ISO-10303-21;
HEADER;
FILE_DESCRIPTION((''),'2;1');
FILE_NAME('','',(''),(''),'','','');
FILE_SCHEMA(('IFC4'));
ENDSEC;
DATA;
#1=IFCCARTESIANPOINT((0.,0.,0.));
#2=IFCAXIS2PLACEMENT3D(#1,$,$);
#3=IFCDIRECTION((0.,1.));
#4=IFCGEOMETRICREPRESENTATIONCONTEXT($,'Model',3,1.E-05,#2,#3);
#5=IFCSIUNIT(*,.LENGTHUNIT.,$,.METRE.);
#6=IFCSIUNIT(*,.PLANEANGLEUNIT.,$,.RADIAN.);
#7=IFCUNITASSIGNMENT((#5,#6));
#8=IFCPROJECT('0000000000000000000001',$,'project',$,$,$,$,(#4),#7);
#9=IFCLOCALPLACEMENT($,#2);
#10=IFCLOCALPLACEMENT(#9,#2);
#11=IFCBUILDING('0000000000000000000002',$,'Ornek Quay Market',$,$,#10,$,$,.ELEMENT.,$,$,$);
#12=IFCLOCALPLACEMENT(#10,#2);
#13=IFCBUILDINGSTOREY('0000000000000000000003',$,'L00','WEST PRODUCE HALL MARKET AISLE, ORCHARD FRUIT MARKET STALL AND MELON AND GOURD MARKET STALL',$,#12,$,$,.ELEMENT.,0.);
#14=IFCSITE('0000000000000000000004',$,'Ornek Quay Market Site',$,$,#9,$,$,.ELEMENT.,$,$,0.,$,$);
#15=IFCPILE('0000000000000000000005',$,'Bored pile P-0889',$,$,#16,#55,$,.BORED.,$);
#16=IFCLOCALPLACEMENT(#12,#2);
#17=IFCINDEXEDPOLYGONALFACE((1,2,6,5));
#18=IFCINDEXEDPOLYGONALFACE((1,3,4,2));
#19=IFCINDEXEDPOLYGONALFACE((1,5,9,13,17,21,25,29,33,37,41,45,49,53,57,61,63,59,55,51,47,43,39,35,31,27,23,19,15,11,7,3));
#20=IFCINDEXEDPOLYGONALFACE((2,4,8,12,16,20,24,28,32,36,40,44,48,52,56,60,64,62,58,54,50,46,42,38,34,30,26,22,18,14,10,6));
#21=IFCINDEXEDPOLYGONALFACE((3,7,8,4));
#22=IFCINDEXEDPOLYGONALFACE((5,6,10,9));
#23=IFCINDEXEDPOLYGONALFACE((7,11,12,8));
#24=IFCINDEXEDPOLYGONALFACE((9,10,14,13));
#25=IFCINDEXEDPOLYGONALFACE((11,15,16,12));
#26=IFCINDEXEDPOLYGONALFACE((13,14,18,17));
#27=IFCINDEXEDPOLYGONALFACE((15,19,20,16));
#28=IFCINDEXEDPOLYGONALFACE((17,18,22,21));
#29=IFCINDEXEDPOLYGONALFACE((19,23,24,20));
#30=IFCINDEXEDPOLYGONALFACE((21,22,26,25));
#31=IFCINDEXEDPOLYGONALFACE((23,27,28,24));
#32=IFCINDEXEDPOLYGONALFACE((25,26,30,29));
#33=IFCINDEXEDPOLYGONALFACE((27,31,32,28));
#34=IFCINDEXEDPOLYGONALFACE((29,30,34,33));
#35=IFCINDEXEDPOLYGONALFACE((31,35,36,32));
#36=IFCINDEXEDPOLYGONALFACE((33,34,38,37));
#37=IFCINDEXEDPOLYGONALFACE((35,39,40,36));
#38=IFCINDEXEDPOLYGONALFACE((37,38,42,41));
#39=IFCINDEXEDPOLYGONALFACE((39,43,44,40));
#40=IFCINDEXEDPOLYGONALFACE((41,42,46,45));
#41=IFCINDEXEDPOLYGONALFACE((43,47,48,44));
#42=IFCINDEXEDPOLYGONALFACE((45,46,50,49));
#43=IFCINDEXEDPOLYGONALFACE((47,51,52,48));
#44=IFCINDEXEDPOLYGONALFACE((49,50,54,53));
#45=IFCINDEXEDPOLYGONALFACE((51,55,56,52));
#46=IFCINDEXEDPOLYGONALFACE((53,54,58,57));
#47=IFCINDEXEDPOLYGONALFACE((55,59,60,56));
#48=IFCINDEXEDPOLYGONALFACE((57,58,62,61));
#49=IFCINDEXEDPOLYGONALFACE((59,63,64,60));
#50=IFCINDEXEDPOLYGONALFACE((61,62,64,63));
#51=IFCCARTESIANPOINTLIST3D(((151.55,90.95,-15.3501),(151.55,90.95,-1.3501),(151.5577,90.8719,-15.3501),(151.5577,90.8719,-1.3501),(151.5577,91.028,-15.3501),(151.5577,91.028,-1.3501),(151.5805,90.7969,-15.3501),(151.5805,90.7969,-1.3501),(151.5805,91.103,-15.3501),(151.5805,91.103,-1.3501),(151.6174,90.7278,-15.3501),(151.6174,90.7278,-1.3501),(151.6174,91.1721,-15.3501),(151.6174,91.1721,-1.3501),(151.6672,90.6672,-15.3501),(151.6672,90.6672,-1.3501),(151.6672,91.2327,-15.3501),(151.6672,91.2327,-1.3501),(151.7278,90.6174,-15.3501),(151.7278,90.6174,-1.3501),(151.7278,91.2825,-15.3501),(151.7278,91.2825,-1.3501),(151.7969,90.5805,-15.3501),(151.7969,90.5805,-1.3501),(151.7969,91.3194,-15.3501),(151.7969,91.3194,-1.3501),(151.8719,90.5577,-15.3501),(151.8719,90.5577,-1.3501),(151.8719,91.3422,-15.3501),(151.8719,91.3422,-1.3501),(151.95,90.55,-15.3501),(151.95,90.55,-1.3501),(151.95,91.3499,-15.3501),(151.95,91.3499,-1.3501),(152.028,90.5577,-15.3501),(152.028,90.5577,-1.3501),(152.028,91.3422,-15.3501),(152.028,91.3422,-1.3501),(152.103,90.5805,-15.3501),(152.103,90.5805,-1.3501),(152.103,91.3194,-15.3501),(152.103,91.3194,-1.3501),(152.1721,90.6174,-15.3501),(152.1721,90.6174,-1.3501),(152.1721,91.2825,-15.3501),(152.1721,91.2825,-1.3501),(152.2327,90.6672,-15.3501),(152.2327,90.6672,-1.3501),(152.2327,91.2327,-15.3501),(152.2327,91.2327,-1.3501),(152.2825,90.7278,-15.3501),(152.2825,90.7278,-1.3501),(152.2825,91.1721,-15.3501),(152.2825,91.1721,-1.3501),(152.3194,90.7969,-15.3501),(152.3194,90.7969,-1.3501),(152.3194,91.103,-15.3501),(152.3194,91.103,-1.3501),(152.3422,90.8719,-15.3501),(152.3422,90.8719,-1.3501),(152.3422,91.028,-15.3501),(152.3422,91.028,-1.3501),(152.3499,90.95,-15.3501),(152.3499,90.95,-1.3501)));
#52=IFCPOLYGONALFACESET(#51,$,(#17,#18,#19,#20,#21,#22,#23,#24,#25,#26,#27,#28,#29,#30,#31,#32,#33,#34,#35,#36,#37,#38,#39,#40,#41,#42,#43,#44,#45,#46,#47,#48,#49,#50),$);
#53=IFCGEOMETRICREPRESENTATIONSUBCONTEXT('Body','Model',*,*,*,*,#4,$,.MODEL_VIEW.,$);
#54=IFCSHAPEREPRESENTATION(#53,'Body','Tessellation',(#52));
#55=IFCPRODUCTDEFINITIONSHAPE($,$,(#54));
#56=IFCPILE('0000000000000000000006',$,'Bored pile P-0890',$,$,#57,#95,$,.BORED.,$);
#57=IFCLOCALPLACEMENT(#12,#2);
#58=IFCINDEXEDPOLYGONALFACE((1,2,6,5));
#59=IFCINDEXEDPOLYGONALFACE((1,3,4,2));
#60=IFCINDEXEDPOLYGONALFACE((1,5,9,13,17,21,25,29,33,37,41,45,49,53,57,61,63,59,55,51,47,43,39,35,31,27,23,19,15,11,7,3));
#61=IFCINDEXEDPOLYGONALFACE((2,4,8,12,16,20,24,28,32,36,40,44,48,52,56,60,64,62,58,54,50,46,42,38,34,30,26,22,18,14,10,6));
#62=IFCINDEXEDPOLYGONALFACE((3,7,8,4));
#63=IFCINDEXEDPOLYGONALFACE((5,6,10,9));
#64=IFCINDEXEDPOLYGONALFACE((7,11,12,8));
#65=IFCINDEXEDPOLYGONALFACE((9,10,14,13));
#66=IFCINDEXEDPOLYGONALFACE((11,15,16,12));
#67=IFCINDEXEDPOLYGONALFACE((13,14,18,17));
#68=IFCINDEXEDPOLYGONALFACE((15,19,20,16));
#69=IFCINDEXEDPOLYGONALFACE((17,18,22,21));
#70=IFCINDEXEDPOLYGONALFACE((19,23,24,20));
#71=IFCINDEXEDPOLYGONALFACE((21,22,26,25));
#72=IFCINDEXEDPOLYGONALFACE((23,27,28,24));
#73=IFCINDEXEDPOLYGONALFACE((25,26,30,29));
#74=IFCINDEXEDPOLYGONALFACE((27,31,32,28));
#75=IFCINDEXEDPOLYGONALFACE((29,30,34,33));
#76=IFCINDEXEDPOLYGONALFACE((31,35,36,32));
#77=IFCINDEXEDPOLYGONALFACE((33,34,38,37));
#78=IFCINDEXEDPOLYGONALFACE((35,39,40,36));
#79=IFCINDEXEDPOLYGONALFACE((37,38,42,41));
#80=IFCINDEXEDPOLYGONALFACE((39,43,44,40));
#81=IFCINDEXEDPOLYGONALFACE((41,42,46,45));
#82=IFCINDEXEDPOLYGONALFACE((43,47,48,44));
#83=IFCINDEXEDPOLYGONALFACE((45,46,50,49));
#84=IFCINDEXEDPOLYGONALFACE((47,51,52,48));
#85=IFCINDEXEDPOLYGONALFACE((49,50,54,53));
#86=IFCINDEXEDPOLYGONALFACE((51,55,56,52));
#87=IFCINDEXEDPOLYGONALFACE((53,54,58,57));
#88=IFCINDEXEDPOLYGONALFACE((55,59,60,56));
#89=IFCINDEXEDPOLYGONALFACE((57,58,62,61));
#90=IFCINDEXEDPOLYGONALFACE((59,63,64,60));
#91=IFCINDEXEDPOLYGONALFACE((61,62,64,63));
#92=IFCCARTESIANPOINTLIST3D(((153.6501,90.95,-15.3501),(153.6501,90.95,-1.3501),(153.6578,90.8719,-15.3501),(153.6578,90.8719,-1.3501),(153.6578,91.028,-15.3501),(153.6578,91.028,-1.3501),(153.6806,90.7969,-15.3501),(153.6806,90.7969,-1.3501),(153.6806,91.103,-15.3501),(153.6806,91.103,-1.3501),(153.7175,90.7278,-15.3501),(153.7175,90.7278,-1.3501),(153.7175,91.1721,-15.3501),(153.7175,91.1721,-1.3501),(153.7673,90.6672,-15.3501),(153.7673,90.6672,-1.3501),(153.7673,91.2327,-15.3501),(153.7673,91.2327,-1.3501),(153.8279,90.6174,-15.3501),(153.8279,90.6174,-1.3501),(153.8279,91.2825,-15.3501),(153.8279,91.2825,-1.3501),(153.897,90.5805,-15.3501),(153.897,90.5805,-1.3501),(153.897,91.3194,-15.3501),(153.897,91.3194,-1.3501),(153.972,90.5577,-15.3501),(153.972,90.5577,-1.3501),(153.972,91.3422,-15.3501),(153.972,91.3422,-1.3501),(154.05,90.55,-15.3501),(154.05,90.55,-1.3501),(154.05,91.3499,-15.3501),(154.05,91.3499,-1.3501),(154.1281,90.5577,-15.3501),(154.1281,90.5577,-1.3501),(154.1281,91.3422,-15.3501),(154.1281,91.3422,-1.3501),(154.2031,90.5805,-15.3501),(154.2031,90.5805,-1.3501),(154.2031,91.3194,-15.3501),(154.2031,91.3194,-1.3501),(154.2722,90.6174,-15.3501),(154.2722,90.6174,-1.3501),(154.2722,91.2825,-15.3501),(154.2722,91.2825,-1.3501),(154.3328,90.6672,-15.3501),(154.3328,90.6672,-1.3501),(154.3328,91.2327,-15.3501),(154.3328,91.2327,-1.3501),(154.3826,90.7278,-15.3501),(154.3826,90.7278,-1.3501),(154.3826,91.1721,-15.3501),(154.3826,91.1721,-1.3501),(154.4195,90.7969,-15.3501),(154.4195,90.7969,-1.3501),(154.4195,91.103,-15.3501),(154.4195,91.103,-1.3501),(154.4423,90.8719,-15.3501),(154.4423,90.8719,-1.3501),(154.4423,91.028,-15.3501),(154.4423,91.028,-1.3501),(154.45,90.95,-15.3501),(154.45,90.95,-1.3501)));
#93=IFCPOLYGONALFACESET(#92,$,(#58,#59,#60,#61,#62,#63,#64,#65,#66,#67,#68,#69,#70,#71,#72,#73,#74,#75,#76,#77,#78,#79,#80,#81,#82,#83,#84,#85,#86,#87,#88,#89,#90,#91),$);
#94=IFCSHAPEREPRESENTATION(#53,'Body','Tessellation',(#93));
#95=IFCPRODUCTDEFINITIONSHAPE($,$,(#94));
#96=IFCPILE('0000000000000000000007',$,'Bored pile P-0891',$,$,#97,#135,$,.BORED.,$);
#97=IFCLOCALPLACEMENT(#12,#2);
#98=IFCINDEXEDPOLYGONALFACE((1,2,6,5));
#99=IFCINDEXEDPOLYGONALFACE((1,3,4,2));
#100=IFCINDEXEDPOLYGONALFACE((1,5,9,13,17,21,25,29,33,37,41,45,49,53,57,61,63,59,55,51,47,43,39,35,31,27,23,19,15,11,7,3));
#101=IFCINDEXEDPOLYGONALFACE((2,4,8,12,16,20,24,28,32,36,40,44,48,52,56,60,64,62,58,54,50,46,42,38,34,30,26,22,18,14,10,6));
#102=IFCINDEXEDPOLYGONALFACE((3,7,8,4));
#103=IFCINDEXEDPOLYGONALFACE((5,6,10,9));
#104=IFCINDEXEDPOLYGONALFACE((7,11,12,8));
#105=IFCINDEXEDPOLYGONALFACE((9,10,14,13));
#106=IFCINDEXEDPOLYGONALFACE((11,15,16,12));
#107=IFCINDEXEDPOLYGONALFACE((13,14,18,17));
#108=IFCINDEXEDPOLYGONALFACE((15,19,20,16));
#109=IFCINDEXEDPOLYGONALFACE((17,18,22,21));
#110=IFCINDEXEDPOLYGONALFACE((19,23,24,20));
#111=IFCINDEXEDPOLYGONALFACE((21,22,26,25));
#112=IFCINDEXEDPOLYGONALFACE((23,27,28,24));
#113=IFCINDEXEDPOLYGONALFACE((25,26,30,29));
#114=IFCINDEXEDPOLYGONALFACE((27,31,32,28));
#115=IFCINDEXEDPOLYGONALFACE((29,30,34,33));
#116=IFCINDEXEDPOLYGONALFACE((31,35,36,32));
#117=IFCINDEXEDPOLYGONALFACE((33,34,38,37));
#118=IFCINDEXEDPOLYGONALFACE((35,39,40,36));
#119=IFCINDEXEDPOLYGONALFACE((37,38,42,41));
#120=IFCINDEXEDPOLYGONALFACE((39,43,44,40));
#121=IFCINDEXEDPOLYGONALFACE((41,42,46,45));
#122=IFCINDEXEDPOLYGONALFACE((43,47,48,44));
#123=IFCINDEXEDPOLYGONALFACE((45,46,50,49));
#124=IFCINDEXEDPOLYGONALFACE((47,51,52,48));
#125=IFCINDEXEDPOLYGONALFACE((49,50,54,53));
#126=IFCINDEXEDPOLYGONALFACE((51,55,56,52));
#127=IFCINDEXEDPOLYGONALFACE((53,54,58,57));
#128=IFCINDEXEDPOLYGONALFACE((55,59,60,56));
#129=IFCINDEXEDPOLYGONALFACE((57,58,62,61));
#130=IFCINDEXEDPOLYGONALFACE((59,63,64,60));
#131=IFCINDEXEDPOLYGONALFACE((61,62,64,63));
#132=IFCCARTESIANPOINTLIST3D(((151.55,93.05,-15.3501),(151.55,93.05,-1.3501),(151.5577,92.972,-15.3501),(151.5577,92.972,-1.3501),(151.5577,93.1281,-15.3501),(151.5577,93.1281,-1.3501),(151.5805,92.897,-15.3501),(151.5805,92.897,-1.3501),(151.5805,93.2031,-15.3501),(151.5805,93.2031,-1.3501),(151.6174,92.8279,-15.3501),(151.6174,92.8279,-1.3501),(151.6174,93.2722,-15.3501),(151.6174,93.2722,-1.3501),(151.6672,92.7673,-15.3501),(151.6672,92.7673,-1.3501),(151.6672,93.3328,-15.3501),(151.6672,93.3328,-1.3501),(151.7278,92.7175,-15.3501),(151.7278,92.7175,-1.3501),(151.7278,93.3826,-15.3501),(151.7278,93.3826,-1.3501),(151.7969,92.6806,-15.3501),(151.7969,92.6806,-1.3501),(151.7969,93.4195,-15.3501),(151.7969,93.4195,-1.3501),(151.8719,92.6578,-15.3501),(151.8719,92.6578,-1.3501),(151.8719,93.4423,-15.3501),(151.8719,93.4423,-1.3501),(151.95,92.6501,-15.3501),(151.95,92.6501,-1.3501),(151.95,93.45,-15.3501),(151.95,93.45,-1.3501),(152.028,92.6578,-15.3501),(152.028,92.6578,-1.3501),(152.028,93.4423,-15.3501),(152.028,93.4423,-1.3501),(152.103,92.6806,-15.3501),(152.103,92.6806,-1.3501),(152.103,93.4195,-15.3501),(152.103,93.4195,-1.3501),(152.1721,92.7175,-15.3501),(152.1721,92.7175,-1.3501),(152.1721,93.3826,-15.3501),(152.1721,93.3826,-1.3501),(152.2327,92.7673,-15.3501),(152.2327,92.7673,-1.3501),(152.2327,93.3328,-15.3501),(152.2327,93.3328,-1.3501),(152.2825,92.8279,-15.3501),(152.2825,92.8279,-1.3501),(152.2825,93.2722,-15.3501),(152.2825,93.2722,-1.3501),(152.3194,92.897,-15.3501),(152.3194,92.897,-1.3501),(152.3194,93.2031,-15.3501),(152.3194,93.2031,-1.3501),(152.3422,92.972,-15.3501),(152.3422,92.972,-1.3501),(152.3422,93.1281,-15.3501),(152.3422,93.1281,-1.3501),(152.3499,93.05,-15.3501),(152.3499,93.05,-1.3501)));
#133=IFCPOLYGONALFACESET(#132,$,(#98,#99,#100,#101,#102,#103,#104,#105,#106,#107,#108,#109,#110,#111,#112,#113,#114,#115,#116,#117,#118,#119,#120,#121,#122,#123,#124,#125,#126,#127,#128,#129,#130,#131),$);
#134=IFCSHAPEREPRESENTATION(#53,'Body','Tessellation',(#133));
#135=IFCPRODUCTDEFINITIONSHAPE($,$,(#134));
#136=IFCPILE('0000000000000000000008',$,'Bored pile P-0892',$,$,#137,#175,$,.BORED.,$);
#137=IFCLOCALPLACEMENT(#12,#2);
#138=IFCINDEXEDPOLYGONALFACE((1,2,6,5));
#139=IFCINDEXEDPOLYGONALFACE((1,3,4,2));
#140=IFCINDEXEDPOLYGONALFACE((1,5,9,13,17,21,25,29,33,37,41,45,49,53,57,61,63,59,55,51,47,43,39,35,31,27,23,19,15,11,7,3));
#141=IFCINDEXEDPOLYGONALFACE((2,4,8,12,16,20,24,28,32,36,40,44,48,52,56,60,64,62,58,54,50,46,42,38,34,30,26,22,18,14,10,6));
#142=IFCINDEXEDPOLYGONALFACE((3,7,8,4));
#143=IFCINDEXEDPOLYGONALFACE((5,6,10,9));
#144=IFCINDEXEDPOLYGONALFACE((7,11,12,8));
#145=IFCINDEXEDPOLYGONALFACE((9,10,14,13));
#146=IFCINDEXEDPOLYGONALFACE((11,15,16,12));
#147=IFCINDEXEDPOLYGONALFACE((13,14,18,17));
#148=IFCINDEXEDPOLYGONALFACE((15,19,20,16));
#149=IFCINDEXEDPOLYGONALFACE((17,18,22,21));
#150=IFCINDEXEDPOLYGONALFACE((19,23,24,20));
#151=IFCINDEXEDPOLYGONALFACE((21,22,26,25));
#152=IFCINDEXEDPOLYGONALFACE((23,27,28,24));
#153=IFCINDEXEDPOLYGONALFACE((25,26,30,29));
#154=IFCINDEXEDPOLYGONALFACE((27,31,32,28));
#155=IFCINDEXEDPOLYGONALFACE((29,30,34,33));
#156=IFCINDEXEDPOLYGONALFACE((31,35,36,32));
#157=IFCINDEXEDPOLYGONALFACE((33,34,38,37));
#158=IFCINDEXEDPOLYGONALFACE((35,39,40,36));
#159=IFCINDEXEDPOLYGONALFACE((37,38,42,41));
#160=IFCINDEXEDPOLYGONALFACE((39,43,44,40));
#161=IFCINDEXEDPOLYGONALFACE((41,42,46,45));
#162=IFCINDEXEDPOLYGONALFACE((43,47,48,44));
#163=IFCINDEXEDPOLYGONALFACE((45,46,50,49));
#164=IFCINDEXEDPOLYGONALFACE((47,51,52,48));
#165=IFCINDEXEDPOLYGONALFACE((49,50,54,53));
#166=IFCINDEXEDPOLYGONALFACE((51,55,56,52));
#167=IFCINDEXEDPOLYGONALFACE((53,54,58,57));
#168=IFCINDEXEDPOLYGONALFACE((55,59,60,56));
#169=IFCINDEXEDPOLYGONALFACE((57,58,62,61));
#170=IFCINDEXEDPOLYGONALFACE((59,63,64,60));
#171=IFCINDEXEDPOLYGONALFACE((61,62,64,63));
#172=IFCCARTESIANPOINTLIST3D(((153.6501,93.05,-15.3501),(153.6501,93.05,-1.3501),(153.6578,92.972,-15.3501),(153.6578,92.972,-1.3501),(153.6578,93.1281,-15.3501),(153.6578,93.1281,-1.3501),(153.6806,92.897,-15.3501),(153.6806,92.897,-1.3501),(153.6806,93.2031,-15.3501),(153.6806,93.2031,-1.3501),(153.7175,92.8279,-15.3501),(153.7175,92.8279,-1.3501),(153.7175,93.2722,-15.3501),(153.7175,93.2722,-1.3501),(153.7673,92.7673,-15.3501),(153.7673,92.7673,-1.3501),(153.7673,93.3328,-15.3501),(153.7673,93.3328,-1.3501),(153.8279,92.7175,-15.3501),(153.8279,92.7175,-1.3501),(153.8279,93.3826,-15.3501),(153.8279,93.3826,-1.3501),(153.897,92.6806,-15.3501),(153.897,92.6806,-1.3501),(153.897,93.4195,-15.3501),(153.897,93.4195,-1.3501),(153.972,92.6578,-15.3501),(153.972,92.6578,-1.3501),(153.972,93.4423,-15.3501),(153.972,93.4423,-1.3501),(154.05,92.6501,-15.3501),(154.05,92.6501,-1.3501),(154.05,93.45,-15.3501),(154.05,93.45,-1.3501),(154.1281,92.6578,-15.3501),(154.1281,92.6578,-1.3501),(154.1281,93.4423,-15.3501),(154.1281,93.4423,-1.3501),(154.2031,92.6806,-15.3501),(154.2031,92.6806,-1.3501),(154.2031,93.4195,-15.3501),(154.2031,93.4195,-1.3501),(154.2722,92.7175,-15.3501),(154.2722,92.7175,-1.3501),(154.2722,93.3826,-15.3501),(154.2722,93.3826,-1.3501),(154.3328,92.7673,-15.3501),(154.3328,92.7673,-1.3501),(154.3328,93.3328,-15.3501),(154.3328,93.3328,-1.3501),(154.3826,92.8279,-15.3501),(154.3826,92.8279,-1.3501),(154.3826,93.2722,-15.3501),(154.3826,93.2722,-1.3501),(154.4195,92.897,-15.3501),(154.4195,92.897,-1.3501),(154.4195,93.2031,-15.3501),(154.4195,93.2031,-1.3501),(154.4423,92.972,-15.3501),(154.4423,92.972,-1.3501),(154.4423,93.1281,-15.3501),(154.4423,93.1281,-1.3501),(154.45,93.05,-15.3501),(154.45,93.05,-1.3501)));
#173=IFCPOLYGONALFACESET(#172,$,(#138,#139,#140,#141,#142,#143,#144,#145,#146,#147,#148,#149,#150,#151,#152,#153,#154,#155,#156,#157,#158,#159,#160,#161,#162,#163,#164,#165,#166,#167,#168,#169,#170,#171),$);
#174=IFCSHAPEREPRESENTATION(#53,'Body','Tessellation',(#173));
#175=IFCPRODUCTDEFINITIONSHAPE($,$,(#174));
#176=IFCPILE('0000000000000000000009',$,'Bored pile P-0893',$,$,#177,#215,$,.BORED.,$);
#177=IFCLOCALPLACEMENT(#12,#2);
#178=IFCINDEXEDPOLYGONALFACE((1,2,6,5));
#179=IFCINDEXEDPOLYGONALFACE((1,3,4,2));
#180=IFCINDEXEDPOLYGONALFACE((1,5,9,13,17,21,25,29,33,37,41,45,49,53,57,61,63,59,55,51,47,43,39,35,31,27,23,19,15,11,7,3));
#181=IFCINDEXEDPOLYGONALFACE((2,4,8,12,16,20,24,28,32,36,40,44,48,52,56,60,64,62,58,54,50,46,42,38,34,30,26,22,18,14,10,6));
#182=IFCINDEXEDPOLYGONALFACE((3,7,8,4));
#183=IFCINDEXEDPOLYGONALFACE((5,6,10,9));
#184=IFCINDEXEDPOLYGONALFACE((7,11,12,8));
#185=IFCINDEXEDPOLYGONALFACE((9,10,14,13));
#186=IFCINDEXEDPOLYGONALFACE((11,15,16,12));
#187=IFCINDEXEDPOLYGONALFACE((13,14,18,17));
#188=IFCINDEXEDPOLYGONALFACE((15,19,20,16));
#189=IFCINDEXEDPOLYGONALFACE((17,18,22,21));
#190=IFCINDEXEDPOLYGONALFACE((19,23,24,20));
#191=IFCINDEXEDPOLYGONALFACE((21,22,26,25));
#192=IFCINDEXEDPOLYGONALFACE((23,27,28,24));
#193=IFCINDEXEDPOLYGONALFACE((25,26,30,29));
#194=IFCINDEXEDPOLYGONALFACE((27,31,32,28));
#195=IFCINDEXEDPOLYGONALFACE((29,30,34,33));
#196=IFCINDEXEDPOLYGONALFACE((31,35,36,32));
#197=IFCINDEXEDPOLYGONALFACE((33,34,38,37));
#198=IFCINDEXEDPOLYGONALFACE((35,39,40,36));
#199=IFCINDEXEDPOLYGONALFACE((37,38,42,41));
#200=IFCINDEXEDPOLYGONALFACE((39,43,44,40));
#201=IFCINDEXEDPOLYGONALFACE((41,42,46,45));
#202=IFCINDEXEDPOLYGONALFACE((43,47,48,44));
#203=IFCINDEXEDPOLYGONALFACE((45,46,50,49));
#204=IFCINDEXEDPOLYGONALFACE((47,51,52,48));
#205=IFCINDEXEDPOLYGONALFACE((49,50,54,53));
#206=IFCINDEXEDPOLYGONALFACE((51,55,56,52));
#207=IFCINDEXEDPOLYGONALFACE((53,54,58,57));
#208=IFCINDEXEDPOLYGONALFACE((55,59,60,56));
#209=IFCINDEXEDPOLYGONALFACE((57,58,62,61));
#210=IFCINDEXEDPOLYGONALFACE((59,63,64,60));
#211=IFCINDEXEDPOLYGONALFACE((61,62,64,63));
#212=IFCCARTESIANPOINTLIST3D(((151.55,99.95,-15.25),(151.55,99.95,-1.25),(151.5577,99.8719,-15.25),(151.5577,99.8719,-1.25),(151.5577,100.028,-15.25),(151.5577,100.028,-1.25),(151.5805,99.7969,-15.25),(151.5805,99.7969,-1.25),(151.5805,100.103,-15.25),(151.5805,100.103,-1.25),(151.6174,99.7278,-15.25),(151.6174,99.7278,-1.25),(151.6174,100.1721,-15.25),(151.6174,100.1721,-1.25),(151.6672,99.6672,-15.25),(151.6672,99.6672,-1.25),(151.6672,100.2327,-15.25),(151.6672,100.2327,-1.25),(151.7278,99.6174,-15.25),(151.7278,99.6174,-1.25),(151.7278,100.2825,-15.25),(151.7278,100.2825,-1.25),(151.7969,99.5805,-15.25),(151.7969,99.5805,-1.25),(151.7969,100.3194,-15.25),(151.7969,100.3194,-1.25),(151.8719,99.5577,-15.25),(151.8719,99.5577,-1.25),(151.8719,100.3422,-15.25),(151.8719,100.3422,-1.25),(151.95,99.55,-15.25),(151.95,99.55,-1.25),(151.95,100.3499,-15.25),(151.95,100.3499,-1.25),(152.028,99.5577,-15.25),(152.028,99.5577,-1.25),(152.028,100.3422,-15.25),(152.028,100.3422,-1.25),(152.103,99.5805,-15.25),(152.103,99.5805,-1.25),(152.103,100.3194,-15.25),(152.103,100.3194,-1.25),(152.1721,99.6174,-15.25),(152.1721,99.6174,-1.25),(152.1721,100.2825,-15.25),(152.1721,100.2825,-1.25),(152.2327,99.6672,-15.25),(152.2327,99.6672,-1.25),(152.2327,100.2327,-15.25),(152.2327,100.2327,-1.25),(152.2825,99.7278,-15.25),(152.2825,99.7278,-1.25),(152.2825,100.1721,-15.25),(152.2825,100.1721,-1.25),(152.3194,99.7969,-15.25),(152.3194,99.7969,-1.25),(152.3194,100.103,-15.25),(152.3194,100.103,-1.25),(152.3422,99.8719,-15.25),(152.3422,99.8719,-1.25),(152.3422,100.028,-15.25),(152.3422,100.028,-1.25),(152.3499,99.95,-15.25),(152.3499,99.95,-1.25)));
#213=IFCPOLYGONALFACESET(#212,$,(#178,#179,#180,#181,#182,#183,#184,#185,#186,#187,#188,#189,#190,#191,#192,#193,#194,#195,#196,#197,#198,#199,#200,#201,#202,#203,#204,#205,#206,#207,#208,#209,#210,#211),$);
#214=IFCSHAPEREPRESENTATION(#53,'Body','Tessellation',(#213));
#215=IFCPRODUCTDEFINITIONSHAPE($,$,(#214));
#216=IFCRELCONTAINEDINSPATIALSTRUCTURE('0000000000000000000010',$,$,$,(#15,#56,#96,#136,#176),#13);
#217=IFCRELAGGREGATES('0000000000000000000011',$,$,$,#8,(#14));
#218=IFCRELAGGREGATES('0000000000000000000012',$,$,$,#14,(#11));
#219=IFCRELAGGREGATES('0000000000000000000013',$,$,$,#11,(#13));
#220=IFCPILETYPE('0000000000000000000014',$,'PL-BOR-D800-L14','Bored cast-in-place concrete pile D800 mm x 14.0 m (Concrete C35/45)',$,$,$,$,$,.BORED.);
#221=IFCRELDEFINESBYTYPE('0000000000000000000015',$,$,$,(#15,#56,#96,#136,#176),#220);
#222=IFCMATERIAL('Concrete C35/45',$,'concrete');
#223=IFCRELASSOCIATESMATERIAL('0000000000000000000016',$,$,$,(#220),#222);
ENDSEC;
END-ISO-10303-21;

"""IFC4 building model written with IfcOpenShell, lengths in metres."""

from ifc_helpers import new_model, si_unit, direction, frame, origin, origin_2d, place, context, subcontext, project, spatial, circle, extrude, material, material_profile, profile_set, type_object, element, save


model = new_model("IFC4")

# Units and contexts
model_context = context("Model", 3, precision=1e-05, world=origin(), true_north=direction((0.0, 1.0)))
body_context = subcontext(model_context, "Body", "Model", "MODEL_VIEW")
ifc_project = project(units=[si_unit("LENGTHUNIT", "METRE"), si_unit("PLANEANGLEUNIT", "RADIAN")], contexts=[model_context])

# Site, building, storey
site_placement = place(None, origin())
site = spatial("IfcSite", under=ifc_project, at=site_placement, Name="Ornek Quay Market Site", CompositionType="ELEMENT", RefElevation=0.0)
building_placement = place(site_placement, origin())
building = spatial("IfcBuilding", under=site, at=building_placement, Name="Ornek Quay Market", CompositionType="ELEMENT")
storey_placement = place(building_placement, origin())
storey = spatial("IfcBuildingStorey", under=building, at=storey_placement, Name="L00", Description="WEST PRODUCE HALL MARKET AISLE, ORCHARD FRUIT MARKET STALL AND MELON AND GOURD MARKET STALL", CompositionType="ELEMENT", Elevation=0.0)

# Piles
ifc_material_1 = material(Name="Concrete C35/45", Category="concrete")
ifc_material_profile_1 = material_profile(ifc_material_1, circle(Radius=0.3999, at=origin_2d()), Name="PILE D800", Category="concrete")
ifc_profile_set_1 = profile_set([ifc_material_profile_1], Name="Concrete C35/45")
pile_type = type_object("IfcPileType", Name="PL-BOR-D800-L14", Description="Bored cast-in-place concrete pile D800 mm x 14.0 m (Concrete C35/45)", PredefinedType="BORED", material=ifc_profile_set_1)
for number, where, z_axis, x_axis, name in (
    (1, (151.95, 90.95, -1.3501), (0.0, 0.0, -1.0), (1.0, 0.0, 0.0), "Bored pile P-0889"),
    (2, (154.05, 90.95, -1.3501), (0.0, 0.0, -1.0), (1.0, 0.0, 0.0), "Bored pile P-0890"),
    (3, (151.95, 93.05, -1.3501), (0.0, 0.0, -1.0), (1.0, 0.0, 0.0), "Bored pile P-0891"),
    (4, (154.05, 93.05, -1.3501), (0.0, 0.0, -1.0), (1.0, 0.0, 0.0), "Bored pile P-0892"),
    (5, (151.95, 99.95, -1.25), (0.0, 0.0, -1.0), (1.0, 0.0, 0.0), "Bored pile P-0893"),
):
    element("IfcPile", number, at=place(storey_placement, frame(where, z_axis=z_axis, x_axis=x_axis)), inside=storey, type_object=pile_type, Name=name, PredefinedType="BORED", context=body_context, shape_type="SweptSolid", body=[
        extrude(circle(Radius=0.3999, at=origin_2d()), origin(), (0.0, 0.0, 1.0), 14.0),
    ])

save(model, "model.ifc")
